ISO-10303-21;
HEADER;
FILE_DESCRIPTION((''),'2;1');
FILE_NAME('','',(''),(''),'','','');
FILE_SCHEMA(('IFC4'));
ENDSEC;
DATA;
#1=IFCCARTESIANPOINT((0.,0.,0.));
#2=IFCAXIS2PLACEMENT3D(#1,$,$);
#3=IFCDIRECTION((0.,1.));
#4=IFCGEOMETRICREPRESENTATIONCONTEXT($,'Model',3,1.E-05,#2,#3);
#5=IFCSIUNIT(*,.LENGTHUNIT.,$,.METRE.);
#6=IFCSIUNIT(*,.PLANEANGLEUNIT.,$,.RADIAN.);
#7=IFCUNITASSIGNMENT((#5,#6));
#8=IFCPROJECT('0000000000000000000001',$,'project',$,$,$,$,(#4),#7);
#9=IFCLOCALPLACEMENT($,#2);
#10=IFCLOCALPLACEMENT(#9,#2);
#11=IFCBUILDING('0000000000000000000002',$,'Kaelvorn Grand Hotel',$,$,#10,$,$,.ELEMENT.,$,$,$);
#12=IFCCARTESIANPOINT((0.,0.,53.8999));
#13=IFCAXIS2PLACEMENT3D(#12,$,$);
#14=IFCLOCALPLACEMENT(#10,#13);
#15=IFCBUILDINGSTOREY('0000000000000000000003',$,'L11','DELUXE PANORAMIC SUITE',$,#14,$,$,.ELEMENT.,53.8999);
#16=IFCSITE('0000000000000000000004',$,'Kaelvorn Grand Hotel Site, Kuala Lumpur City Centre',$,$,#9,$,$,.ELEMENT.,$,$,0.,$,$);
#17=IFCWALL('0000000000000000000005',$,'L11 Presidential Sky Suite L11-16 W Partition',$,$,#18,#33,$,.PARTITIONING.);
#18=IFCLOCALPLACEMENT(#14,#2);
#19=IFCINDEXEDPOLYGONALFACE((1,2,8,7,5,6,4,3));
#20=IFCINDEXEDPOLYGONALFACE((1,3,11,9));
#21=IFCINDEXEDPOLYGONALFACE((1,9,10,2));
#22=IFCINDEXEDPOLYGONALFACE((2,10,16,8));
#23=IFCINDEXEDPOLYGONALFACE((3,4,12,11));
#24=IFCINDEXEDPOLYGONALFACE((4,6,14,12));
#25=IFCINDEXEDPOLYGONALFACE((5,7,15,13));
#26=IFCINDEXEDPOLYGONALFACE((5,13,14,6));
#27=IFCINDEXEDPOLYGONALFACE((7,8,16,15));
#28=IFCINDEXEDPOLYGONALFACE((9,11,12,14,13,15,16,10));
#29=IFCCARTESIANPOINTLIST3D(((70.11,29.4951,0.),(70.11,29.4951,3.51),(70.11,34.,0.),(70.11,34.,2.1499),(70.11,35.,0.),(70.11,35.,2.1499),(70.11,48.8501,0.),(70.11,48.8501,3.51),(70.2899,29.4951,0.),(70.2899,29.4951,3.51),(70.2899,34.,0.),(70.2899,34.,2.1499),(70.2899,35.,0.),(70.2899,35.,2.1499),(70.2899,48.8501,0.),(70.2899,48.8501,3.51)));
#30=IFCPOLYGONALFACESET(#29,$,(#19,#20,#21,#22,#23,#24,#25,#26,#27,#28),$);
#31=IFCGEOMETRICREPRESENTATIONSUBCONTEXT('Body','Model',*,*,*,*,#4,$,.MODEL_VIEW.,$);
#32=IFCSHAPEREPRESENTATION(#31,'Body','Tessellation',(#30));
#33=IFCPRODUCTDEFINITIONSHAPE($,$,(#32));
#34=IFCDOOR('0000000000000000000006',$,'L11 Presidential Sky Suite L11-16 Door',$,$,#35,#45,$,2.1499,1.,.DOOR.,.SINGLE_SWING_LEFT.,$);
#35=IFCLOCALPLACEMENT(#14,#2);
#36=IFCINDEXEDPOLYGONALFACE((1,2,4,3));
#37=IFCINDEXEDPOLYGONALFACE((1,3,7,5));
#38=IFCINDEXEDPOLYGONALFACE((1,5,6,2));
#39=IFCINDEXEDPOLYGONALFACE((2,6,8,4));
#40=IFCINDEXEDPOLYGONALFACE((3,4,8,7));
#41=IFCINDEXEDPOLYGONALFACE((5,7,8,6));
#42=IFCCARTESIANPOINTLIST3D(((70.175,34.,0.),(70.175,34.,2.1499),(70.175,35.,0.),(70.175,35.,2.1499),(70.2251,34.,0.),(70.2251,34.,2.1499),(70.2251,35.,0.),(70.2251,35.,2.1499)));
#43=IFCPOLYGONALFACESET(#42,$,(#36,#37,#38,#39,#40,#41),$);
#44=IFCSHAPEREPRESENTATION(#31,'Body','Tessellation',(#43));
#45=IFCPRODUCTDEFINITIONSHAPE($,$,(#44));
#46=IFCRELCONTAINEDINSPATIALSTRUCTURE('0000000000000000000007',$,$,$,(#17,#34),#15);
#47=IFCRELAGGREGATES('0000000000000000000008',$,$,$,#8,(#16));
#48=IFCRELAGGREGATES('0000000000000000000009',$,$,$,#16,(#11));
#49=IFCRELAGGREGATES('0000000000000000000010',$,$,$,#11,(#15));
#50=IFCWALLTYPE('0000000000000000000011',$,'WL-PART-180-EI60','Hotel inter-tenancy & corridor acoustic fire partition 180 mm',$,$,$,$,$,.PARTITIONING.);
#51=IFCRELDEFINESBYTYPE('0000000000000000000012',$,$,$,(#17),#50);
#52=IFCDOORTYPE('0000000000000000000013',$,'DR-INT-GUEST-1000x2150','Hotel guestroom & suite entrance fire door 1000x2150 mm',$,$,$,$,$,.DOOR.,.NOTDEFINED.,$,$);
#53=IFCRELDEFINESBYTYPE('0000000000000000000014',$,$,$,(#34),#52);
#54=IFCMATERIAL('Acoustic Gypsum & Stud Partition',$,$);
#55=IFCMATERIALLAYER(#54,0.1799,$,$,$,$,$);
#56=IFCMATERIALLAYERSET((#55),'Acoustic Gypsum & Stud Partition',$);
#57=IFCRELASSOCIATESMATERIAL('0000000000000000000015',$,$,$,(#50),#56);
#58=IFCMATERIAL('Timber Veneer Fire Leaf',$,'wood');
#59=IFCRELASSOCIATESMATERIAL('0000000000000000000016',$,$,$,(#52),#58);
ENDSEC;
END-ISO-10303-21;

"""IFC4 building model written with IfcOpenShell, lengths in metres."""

from ifc_helpers import new_model, si_unit, direction, frame, frame_2d, origin, place, context, subcontext, project, spatial, rectangle, extrude, material, layer, layer_set, type_object, element, fill, save


model = new_model("IFC4")

# Units and contexts
model_context = context("Model", 3, precision=1e-05, world=origin(), true_north=direction((0.0, 1.0)))
body_context = subcontext(model_context, "Body", "Model", "MODEL_VIEW")
ifc_project = project(units=[si_unit("LENGTHUNIT", "METRE"), si_unit("PLANEANGLEUNIT", "RADIAN")], contexts=[model_context])

# Site, building, storey
site_placement = place(None, origin())
site = spatial("IfcSite", under=ifc_project, at=site_placement, Name="Kaelvorn Grand Hotel Site, Kuala Lumpur City Centre", CompositionType="ELEMENT", RefElevation=0.0)
building_placement = place(site_placement, origin())
building = spatial("IfcBuilding", under=site, at=building_placement, Name="Kaelvorn Grand Hotel", CompositionType="ELEMENT")
storey_placement = place(building_placement, frame((0.0, 0.0, 53.8999)))
storey = spatial("IfcBuildingStorey", under=building, at=storey_placement, Name="L11", Description="DELUXE PANORAMIC SUITE", CompositionType="ELEMENT", Elevation=53.8999)

# Shared definitions
ifc_material_1 = material(Name="Acoustic Gypsum & Stud Partition")
ifc_layer_1 = layer(ifc_material_1, 0.1799)
ifc_layer_set_1 = layer_set([ifc_layer_1], Name="Acoustic Gypsum & Stud Partition")
wall_type = type_object("IfcWallType", Name="WL-PART-180-EI60", Description="Hotel inter-tenancy & corridor acoustic fire partition 180 mm", PredefinedType="PARTITIONING", material=ifc_layer_set_1)

# Wall, opening, door
wall_1_placement = place(storey_placement, frame((70.2, 29.4951, 0.0), z_axis=(0.0, 0.0, 1.0), x_axis=(0.0, 1.0, 0.0)))
wall_1 = element("IfcWall", 1, at=wall_1_placement, inside=storey, type_object=wall_type, Name="L11 Presidential Sky Suite L11-16 W Partition", PredefinedType="PARTITIONING", context=body_context, shape_type="SweptSolid", body=[
    extrude(rectangle(XDim=19.355, YDim=0.1799, at=frame_2d((9.6775, 0.0))), origin(), (0.0, 0.0, 1.0), 3.51),
])
opening_placement = place(wall_1_placement, frame((4.5049, 0.0, 0.0)))
opening = element("IfcOpeningElement", 2, at=opening_placement, cuts=wall_1, PredefinedType="OPENING", context=body_context, shape_type="SweptSolid", body=[
    extrude(rectangle(XDim=1.0, YDim=2.1499, at=frame_2d((0.5, 1.075))), frame((0.0, 0.1001, 0.0), z_axis=(0.0, -1.0, 0.0), x_axis=(1.0, 0.0, 0.0)), (0.0, 0.0, 1.0), 0.2),
])
ifc_material_2 = material(Name="Timber Veneer Fire Leaf", Category="wood")
door_type = type_object("IfcDoorType", Name="DR-INT-GUEST-1000x2150", Description="Hotel guestroom & suite entrance fire door 1000x2150 mm", OperationType="NOTDEFINED", PredefinedType="DOOR", material=ifc_material_2)
door_placement = place(opening_placement, origin())
door = element("IfcDoor", 3, at=door_placement, inside=storey, type_object=door_type, Name="L11 Presidential Sky Suite L11-16 Door", OperationType="SINGLE_SWING_LEFT", OverallHeight=2.1499, OverallWidth=1.0, PredefinedType="DOOR", context=body_context, shape_type="SweptSolid", body=[
    extrude(rectangle(XDim=1.0, YDim=2.1499, at=frame_2d((0.5, 1.075))), frame((0.0, 0.0249, 0.0), z_axis=(0.0, -1.0, 0.0), x_axis=(1.0, 0.0, 0.0)), (0.0, 0.0, 1.0), 0.05),
])
fill(opening, door)

save(model, "model.ifc")
